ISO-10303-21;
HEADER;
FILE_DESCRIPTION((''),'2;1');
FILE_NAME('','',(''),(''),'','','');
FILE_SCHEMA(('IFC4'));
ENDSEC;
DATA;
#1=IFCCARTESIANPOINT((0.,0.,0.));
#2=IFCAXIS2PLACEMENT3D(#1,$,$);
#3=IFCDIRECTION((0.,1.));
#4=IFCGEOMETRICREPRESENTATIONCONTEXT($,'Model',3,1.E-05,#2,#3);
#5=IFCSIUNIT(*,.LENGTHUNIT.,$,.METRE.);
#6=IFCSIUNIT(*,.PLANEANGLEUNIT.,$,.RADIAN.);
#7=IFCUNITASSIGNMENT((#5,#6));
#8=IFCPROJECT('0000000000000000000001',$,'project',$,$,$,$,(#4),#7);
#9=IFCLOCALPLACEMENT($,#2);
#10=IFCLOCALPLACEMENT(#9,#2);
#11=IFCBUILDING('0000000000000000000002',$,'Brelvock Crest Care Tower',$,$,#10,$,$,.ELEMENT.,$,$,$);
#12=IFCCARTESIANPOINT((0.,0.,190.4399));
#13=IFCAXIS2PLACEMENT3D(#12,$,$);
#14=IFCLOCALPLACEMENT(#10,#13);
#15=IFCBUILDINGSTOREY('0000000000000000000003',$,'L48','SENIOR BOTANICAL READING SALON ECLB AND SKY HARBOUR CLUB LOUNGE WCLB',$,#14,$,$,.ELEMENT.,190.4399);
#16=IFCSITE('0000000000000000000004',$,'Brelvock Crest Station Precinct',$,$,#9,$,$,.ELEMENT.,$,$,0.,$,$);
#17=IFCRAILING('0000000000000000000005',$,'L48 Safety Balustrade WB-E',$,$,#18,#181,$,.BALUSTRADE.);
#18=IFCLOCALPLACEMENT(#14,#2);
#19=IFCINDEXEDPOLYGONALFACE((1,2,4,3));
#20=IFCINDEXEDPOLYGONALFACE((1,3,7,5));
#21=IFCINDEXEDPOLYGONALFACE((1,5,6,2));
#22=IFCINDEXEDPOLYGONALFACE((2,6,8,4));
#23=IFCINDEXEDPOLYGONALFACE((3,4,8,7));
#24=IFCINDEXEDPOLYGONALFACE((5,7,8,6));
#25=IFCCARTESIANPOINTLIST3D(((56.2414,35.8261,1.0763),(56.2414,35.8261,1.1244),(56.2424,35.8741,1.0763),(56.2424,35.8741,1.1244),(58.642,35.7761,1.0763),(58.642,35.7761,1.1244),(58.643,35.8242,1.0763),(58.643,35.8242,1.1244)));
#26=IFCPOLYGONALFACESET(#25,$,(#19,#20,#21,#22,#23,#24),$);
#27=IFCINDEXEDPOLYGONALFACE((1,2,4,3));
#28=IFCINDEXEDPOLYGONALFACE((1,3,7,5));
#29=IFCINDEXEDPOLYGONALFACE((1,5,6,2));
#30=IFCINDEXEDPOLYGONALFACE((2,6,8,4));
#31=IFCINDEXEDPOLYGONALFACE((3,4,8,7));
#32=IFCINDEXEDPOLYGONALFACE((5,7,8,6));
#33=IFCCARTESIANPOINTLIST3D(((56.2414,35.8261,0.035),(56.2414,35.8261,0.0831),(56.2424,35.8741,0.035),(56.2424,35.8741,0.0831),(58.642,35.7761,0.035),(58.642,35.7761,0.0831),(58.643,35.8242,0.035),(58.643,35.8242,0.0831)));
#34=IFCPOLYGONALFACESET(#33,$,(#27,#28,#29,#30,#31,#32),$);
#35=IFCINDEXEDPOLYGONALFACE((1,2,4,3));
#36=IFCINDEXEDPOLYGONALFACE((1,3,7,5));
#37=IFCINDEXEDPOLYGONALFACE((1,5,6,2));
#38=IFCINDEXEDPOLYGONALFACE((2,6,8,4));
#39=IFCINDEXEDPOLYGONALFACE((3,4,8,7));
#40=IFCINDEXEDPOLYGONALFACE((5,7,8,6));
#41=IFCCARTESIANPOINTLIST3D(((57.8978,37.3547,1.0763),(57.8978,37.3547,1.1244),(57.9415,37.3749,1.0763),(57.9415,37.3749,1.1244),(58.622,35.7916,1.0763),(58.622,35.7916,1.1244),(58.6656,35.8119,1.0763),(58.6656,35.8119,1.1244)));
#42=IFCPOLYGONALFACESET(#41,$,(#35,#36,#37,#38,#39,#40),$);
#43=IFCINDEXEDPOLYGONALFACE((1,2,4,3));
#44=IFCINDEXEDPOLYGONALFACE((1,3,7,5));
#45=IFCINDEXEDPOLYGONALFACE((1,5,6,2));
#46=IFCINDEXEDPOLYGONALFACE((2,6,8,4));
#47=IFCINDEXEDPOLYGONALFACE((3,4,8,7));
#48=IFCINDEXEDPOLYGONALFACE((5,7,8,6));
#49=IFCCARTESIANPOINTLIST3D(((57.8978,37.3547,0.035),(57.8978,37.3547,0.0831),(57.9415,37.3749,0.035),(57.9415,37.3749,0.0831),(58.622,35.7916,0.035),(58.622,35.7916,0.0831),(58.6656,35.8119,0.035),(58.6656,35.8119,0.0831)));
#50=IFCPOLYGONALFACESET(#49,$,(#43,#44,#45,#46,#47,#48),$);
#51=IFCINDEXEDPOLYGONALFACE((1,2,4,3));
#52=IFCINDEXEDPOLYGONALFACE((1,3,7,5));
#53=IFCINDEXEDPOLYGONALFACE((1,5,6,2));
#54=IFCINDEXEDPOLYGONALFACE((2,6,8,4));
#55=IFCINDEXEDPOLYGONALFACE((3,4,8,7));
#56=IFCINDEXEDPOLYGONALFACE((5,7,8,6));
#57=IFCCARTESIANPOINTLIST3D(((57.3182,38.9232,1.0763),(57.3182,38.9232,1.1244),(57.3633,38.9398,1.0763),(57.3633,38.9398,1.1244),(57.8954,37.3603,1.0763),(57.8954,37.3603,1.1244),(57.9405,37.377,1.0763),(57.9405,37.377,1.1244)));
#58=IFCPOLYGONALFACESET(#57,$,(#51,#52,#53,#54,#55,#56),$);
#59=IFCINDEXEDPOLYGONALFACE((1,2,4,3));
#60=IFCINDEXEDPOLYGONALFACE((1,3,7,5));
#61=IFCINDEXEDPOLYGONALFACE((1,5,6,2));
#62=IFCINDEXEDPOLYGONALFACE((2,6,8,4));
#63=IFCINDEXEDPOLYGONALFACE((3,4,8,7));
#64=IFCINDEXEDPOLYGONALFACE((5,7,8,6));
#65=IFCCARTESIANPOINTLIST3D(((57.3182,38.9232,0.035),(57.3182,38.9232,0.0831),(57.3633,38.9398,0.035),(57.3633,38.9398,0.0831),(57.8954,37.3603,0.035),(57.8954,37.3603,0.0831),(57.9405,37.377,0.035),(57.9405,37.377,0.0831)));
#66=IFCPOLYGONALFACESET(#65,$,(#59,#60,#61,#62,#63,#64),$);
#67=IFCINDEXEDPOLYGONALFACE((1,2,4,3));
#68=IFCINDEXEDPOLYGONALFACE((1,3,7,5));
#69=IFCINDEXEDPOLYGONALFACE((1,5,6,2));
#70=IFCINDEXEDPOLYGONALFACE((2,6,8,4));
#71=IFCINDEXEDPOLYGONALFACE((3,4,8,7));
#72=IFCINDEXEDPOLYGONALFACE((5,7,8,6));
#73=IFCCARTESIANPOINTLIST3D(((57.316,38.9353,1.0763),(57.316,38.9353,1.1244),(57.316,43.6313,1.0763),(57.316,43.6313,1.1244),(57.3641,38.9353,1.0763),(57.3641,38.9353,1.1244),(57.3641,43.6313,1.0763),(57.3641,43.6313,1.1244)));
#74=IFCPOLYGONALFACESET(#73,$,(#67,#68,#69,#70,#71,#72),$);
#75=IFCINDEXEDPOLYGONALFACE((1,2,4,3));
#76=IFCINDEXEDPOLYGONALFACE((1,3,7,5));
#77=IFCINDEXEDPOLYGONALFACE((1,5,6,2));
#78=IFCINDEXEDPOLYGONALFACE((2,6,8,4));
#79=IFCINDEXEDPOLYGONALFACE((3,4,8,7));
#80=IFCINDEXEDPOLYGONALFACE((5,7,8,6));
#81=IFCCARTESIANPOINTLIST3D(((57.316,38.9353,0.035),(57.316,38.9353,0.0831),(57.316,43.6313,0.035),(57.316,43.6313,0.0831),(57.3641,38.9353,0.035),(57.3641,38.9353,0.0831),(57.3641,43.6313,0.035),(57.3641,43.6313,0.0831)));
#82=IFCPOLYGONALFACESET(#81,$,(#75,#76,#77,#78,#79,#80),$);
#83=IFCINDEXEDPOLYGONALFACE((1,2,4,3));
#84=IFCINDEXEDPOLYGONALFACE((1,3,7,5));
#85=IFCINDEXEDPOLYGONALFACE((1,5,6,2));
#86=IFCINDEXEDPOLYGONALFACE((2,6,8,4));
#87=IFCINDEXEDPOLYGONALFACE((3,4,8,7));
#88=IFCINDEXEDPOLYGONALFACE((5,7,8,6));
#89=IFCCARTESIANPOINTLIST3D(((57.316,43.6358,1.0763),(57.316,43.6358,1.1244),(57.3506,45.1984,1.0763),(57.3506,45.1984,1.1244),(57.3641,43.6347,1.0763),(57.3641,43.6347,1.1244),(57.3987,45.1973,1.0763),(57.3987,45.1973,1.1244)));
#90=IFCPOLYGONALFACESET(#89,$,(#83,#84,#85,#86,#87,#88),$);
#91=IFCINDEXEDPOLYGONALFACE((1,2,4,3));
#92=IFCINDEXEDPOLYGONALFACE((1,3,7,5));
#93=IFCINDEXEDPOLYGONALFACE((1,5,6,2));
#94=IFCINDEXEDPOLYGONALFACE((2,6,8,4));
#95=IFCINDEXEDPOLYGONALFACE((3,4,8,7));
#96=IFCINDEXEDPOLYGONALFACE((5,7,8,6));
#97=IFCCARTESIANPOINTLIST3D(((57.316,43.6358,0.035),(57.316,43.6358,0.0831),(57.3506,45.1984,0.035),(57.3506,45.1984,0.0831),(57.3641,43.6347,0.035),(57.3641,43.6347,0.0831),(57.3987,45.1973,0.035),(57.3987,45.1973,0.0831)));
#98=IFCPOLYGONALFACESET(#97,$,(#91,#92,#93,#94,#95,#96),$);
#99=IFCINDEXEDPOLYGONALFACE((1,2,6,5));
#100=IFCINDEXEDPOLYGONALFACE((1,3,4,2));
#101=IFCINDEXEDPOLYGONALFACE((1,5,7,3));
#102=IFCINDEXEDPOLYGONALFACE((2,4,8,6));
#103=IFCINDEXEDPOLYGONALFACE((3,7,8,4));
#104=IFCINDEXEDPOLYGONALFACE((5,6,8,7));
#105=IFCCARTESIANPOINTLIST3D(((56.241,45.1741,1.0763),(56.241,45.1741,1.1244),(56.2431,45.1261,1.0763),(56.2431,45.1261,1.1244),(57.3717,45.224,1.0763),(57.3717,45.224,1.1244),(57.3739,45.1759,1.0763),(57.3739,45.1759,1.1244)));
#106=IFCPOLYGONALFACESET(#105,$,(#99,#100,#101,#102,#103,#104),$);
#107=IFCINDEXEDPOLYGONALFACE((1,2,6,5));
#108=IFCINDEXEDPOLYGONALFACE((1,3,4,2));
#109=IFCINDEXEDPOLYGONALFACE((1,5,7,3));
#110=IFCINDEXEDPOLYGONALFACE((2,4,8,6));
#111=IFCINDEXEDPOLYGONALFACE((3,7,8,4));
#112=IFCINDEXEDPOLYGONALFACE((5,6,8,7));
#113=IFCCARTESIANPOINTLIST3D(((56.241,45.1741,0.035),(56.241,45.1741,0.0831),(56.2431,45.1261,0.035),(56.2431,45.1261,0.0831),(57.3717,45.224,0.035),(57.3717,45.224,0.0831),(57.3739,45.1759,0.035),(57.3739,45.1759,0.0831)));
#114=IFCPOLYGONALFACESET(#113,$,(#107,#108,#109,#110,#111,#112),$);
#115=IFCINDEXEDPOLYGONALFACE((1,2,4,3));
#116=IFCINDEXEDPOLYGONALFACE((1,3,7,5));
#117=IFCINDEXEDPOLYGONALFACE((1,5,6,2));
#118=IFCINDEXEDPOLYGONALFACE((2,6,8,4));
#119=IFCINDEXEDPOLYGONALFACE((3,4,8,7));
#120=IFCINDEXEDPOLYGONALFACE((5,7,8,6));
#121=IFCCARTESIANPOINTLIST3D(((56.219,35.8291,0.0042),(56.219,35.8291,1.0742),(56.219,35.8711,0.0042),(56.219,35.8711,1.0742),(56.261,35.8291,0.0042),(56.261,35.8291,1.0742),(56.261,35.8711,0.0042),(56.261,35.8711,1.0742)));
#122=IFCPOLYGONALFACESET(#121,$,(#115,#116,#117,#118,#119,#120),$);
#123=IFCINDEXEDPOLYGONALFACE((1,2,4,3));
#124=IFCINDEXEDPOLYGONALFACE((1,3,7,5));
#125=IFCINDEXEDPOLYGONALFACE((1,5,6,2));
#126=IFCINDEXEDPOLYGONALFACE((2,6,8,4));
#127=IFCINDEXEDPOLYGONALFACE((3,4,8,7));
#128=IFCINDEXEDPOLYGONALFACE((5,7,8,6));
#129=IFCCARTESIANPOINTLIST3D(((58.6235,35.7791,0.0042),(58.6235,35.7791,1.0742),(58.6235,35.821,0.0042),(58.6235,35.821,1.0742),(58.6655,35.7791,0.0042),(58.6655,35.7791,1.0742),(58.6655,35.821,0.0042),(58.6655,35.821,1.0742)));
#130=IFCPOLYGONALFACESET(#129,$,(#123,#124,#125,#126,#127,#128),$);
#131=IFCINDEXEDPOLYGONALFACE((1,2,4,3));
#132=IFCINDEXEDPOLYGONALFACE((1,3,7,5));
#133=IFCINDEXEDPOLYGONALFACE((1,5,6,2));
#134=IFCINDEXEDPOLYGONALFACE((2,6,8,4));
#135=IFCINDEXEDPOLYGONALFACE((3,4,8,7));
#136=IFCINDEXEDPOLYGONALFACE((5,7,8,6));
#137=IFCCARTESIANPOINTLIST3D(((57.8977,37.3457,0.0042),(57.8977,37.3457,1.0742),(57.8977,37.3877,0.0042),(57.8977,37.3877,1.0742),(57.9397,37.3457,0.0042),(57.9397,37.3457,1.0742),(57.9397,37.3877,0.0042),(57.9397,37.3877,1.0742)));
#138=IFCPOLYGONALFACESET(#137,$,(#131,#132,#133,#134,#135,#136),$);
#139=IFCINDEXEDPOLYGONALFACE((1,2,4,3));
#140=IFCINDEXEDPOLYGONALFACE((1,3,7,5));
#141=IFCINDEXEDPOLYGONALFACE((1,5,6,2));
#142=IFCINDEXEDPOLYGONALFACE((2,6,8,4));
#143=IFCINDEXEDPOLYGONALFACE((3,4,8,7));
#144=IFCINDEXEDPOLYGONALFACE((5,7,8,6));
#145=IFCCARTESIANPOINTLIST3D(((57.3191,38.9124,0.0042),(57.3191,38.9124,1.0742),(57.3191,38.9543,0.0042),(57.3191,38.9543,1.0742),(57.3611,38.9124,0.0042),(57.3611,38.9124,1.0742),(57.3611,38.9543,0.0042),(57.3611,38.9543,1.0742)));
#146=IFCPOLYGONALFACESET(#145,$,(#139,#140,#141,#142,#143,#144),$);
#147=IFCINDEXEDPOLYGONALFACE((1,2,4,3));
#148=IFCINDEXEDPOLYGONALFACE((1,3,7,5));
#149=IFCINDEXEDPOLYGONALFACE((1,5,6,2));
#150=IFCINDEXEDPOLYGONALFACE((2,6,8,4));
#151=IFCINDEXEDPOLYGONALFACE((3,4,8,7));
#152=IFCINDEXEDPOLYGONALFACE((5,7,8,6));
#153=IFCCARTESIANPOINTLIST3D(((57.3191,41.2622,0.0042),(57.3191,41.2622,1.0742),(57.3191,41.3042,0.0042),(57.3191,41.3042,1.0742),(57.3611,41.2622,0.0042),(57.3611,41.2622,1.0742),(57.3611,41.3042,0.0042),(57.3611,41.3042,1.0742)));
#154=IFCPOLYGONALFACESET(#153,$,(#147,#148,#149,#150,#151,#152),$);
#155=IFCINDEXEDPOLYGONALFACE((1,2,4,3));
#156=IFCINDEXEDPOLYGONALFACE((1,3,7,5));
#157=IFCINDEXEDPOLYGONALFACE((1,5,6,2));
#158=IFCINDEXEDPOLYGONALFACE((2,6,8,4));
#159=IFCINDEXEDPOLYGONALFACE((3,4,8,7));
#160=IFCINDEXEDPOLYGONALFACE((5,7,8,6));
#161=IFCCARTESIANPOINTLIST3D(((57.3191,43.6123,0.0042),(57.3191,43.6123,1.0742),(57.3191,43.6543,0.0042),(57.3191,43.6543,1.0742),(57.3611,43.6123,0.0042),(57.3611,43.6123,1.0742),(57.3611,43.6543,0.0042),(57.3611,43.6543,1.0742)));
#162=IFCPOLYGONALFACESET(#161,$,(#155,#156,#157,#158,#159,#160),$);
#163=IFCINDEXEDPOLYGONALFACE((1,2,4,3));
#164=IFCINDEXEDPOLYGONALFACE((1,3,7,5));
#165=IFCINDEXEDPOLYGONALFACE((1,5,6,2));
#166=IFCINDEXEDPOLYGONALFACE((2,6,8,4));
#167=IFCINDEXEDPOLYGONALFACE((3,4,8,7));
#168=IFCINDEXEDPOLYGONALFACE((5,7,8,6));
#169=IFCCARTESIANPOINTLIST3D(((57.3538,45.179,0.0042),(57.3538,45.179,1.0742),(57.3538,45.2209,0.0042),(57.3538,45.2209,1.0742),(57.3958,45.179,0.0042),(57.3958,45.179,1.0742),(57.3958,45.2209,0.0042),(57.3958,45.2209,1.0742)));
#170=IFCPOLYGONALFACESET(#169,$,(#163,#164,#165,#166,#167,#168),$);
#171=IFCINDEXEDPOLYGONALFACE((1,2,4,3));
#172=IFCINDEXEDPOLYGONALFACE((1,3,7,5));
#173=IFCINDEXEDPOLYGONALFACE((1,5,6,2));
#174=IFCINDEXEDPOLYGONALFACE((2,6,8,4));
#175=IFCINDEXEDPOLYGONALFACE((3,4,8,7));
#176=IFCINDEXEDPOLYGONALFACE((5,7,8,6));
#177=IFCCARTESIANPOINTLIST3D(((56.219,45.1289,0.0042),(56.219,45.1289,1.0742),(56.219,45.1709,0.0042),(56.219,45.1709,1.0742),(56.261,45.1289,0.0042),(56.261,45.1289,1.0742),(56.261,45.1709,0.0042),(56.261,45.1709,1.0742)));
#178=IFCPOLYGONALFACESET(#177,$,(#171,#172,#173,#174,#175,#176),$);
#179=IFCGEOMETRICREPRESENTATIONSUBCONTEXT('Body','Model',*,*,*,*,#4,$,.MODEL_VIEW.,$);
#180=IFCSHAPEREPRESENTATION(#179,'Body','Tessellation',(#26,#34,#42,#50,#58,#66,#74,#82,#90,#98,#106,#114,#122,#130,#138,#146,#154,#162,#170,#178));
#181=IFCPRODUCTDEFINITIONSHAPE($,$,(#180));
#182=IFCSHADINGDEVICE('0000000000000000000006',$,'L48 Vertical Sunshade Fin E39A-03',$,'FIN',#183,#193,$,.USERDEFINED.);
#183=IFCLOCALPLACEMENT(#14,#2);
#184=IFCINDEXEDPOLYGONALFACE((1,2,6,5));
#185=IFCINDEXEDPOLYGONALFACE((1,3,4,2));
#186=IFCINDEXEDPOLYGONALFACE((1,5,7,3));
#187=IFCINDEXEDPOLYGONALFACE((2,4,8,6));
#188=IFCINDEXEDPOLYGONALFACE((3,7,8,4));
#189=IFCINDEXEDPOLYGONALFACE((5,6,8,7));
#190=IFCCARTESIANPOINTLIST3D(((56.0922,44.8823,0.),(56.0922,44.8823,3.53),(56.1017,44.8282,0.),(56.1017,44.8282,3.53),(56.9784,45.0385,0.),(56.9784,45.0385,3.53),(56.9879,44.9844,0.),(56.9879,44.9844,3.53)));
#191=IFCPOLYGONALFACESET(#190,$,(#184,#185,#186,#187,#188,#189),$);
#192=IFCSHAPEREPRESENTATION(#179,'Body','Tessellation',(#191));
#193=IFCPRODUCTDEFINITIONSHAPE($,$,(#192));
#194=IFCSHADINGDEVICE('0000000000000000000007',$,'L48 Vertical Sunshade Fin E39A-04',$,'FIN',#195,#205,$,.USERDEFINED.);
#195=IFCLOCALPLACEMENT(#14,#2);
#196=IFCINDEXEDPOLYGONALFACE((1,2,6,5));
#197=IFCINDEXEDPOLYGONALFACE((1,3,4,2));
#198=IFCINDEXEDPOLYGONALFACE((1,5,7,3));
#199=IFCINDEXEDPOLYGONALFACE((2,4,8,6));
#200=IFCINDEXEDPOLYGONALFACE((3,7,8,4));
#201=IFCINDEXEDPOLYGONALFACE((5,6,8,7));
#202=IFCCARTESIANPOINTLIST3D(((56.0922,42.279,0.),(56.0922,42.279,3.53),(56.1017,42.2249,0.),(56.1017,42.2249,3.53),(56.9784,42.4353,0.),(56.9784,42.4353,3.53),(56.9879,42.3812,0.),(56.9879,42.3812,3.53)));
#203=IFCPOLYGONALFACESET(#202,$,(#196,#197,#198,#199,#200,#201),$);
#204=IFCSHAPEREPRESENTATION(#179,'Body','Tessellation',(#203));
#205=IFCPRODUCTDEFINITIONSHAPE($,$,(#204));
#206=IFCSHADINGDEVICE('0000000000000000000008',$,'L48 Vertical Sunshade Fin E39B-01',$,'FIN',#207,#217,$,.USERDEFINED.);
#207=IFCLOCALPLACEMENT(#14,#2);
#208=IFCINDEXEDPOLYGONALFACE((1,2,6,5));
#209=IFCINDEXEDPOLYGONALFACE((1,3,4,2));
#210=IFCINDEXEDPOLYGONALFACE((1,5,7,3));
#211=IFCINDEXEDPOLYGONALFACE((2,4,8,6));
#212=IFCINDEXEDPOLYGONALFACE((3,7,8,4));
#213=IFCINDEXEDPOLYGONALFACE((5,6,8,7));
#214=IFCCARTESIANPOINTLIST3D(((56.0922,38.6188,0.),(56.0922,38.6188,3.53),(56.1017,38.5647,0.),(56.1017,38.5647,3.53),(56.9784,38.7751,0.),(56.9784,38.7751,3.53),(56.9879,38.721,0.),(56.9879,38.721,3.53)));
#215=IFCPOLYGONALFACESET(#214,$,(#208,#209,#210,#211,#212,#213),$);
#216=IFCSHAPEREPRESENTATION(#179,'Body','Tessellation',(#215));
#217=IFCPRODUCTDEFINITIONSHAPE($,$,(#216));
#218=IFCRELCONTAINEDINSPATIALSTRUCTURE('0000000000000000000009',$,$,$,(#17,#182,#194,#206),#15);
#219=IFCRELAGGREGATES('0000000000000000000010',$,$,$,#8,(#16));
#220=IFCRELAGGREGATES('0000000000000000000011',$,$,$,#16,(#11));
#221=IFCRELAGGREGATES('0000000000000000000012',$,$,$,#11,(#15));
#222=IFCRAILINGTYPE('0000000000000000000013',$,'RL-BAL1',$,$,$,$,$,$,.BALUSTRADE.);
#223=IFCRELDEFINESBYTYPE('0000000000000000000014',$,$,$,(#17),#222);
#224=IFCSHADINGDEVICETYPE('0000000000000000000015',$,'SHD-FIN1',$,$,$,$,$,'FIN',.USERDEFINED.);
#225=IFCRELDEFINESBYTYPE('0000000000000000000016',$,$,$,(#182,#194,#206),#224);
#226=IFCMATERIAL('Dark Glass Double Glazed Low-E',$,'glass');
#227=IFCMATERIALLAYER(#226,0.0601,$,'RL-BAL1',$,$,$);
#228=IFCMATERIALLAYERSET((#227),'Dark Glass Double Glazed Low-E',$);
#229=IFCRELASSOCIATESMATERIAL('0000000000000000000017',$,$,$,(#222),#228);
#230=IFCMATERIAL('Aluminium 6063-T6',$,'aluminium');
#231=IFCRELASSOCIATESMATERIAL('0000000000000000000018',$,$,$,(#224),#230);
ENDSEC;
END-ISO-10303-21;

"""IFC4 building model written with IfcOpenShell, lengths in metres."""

from ifc_helpers import new_model, si_unit, direction, frame, origin, origin_2d, place, context, subcontext, project, spatial, rectangle, extrude, source, transform, mapped, material, layer, layer_set, material_profile, profile_set, type_object, element, save


model = new_model("IFC4")

# Units and contexts
model_context = context("Model", 3, precision=1e-05, world=origin(), true_north=direction((0.0, 1.0)))
body_context = subcontext(model_context, "Body", "Model", "MODEL_VIEW")
ifc_project = project(units=[si_unit("LENGTHUNIT", "METRE"), si_unit("PLANEANGLEUNIT", "RADIAN")], contexts=[model_context])

# Site, building, storey
site_placement = place(None, origin())
site = spatial("IfcSite", under=ifc_project, at=site_placement, Name="Brelvock Crest Station Precinct", CompositionType="ELEMENT", RefElevation=0.0)
building_placement = place(site_placement, origin())
building = spatial("IfcBuilding", under=site, at=building_placement, Name="Brelvock Crest Care Tower", CompositionType="ELEMENT")
storey_placement = place(building_placement, frame((0.0, 0.0, 190.4399)))
storey = spatial("IfcBuildingStorey", under=building, at=storey_placement, Name="L48", Description="SENIOR BOTANICAL READING SALON ECLB AND SKY HARBOUR CLUB LOUNGE WCLB", CompositionType="ELEMENT", Elevation=190.4399)

# Shared definitions
ifc_material_1 = material(Name="Dark Glass Double Glazed Low-E", Category="glass")
ifc_material_2 = material(Name="Aluminium 6063-T6", Category="aluminium")

# Railing
ifc_layer_1 = layer(ifc_material_1, 0.0601, Name="RL-BAL1")
ifc_layer_set_1 = layer_set([ifc_layer_1], Name="Dark Glass Double Glazed Low-E")
railing_type = type_object("IfcRailingType", Name="RL-BAL1", PredefinedType="BALUSTRADE", material=ifc_layer_set_1)
railing_placement = place(storey_placement, frame((56.24, 35.8501, 0.0042)))
element("IfcRailing", 1, at=railing_placement, inside=storey, type_object=railing_type, Name="L48 Safety Balustrade WB-E", PredefinedType="BALUSTRADE", context=body_context, shape_type="SweptSolid", body=[
    extrude(rectangle(XDim=0.0481, YDim=0.0481, at=origin_2d()), frame((0.002, 0.0, 1.0962), z_axis=(0.999783, -0.02081, 0.0), x_axis=(0.02081, 0.999783, 0.0)), (0.0, 0.0, 1.0), 2.4011),
    extrude(rectangle(XDim=0.0481, YDim=0.0481, at=origin_2d()), frame((0.002, 0.0, 0.0549), z_axis=(0.999783, -0.02081, 0.0), x_axis=(0.02081, 0.999783, 0.0)), (0.0, 0.0, 1.0), 2.4011),
    extrude(rectangle(XDim=0.0481, YDim=0.0481, at=origin_2d()), frame((2.4038, -0.0483, 1.0962), z_axis=(-0.420376, 0.90735, 0.0), x_axis=(-0.90735, -0.420376, 0.0)), (0.0, 0.0, 1.0), 1.7227),
    extrude(rectangle(XDim=0.0481, YDim=0.0481, at=origin_2d()), frame((2.4038, -0.0483, 0.0549), z_axis=(-0.420376, 0.90735, 0.0), x_axis=(-0.90735, -0.420376, 0.0)), (0.0, 0.0, 1.0), 1.7227),
    extrude(rectangle(XDim=0.0481, YDim=0.0481, at=origin_2d()), frame((1.678, 1.5186, 1.0962), z_axis=(-0.346457, 0.938066, 0.0), x_axis=(-0.938066, -0.346457, 0.0)), (0.0, 0.0, 1.0), 1.666),
    extrude(rectangle(XDim=0.0481, YDim=0.0481, at=origin_2d()), frame((1.678, 1.5186, 0.0549), z_axis=(-0.346457, 0.938066, 0.0), x_axis=(-0.938066, -0.346457, 0.0)), (0.0, 0.0, 1.0), 1.666),
    extrude(rectangle(XDim=0.0481, YDim=0.0481, at=origin_2d()), frame((1.1001, 3.0852, 1.0962), z_axis=(0.0, 1.0, 0.0), x_axis=(-1.0, 0.0, 0.0)), (0.0, 0.0, 1.0), 4.696),
    extrude(rectangle(XDim=0.0481, YDim=0.0481, at=origin_2d()), frame((1.1001, 3.0852, 0.0549), z_axis=(0.0, 1.0, 0.0), x_axis=(-1.0, 0.0, 0.0)), (0.0, 0.0, 1.0), 4.696),
    extrude(rectangle(XDim=0.0481, YDim=0.0481, at=origin_2d()), frame((1.1001, 7.7852, 1.0962), z_axis=(0.022123, 0.999755, 0.0), x_axis=(-0.999755, 0.022123, 0.0)), (0.0, 0.0, 1.0), 1.563),
    extrude(rectangle(XDim=0.0481, YDim=0.0481, at=origin_2d()), frame((1.1001, 7.7852, 0.0549), z_axis=(0.022123, 0.999755, 0.0), x_axis=(-0.999755, 0.022123, 0.0)), (0.0, 0.0, 1.0), 1.563),
    extrude(rectangle(XDim=0.0481, YDim=0.0481, at=origin_2d()), frame((1.1328, 9.3499, 1.0962), z_axis=(-0.999029, -0.044062, 0.0), x_axis=(0.044062, -0.999029, 0.0)), (0.0, 0.0, 1.0), 1.1318),
    extrude(rectangle(XDim=0.0481, YDim=0.0481, at=origin_2d()), frame((1.1328, 9.3499, 0.0549), z_axis=(-0.999029, -0.044062, 0.0), x_axis=(0.044062, -0.999029, 0.0)), (0.0, 0.0, 1.0), 1.1318),
    extrude(rectangle(XDim=0.042, YDim=0.042, at=origin_2d()), origin(), (0.0, 0.0, 1.0), 1.0701),
    extrude(rectangle(XDim=0.042, YDim=0.042, at=origin_2d()), frame((2.4045, -0.05, 0.0)), (0.0, 0.0, 1.0), 1.0701),
    extrude(rectangle(XDim=0.042, YDim=0.042, at=origin_2d()), frame((1.6787, 1.5166, 0.0)), (0.0, 0.0, 1.0), 1.0701),
    extrude(rectangle(XDim=0.042, YDim=0.042, at=origin_2d()), frame((1.1001, 3.0833, 0.0)), (0.0, 0.0, 1.0), 1.0701),
    extrude(rectangle(XDim=0.042, YDim=0.042, at=origin_2d()), frame((1.1001, 5.4331, 0.0)), (0.0, 0.0, 1.0), 1.0701),
    extrude(rectangle(XDim=0.042, YDim=0.042, at=origin_2d()), frame((1.1001, 7.7832, 0.0)), (0.0, 0.0, 1.0), 1.0701),
    extrude(rectangle(XDim=0.042, YDim=0.042, at=origin_2d()), frame((1.1348, 9.3499, 0.0)), (0.0, 0.0, 1.0), 1.0701),
    extrude(rectangle(XDim=0.042, YDim=0.042, at=origin_2d()), frame((0.0, 9.2998, 0.0)), (0.0, 0.0, 1.0), 1.0701),
])

# Shading devices
ifc_material_profile_1 = material_profile(ifc_material_2, rectangle(XDim=0.0549, YDim=0.8999, at=origin_2d()), Name="FIN55x900")
ifc_profile_set_1 = profile_set([ifc_material_profile_1], Name="Aluminium 6063-T6")
shading_device_type = type_object("IfcShadingDeviceType", Name="SHD-FIN1", ElementType="FIN", PredefinedType="USERDEFINED", material=ifc_profile_set_1)
shared_shape_1 = source(origin(), body_context, "Body", "SweptSolid", [
    extrude(rectangle(XDim=0.0549, YDim=0.8999, at=origin_2d()), origin(), (0.0, 0.0, 1.0), 3.53),
])
for number, where, z_axis, x_axis, name in (
    (2, (56.54, 44.9333, 0.0), (0.0, 0.0, 1.0), (0.173648, -0.984808, 0.0), "L48 Vertical Sunshade Fin E39A-03"),
    (3, (56.54, 42.3301, 0.0), (0.0, 0.0, 1.0), (0.173648, -0.984808, 0.0), "L48 Vertical Sunshade Fin E39A-04"),
    (4, (56.54, 38.6699, 0.0), (0.0, 0.0, 1.0), (0.173648, -0.984808, 0.0), "L48 Vertical Sunshade Fin E39B-01"),
):
    element("IfcShadingDevice", number, at=place(storey_placement, frame(where, z_axis=z_axis, x_axis=x_axis)), inside=storey, type_object=shading_device_type, Name=name, ObjectType="FIN", PredefinedType="USERDEFINED", context=body_context, shape_type="MappedRepresentation", body=[
        mapped(shared_shape_1, transform((0.0, 0.0, 0.0), x_axis=(1.0, 0.0, 0.0), y_axis=(0.0, 1.0, 0.0), z_axis=(0.0, 0.0, 1.0), scale=1.0)),
    ])

save(model, "model.ifc")
